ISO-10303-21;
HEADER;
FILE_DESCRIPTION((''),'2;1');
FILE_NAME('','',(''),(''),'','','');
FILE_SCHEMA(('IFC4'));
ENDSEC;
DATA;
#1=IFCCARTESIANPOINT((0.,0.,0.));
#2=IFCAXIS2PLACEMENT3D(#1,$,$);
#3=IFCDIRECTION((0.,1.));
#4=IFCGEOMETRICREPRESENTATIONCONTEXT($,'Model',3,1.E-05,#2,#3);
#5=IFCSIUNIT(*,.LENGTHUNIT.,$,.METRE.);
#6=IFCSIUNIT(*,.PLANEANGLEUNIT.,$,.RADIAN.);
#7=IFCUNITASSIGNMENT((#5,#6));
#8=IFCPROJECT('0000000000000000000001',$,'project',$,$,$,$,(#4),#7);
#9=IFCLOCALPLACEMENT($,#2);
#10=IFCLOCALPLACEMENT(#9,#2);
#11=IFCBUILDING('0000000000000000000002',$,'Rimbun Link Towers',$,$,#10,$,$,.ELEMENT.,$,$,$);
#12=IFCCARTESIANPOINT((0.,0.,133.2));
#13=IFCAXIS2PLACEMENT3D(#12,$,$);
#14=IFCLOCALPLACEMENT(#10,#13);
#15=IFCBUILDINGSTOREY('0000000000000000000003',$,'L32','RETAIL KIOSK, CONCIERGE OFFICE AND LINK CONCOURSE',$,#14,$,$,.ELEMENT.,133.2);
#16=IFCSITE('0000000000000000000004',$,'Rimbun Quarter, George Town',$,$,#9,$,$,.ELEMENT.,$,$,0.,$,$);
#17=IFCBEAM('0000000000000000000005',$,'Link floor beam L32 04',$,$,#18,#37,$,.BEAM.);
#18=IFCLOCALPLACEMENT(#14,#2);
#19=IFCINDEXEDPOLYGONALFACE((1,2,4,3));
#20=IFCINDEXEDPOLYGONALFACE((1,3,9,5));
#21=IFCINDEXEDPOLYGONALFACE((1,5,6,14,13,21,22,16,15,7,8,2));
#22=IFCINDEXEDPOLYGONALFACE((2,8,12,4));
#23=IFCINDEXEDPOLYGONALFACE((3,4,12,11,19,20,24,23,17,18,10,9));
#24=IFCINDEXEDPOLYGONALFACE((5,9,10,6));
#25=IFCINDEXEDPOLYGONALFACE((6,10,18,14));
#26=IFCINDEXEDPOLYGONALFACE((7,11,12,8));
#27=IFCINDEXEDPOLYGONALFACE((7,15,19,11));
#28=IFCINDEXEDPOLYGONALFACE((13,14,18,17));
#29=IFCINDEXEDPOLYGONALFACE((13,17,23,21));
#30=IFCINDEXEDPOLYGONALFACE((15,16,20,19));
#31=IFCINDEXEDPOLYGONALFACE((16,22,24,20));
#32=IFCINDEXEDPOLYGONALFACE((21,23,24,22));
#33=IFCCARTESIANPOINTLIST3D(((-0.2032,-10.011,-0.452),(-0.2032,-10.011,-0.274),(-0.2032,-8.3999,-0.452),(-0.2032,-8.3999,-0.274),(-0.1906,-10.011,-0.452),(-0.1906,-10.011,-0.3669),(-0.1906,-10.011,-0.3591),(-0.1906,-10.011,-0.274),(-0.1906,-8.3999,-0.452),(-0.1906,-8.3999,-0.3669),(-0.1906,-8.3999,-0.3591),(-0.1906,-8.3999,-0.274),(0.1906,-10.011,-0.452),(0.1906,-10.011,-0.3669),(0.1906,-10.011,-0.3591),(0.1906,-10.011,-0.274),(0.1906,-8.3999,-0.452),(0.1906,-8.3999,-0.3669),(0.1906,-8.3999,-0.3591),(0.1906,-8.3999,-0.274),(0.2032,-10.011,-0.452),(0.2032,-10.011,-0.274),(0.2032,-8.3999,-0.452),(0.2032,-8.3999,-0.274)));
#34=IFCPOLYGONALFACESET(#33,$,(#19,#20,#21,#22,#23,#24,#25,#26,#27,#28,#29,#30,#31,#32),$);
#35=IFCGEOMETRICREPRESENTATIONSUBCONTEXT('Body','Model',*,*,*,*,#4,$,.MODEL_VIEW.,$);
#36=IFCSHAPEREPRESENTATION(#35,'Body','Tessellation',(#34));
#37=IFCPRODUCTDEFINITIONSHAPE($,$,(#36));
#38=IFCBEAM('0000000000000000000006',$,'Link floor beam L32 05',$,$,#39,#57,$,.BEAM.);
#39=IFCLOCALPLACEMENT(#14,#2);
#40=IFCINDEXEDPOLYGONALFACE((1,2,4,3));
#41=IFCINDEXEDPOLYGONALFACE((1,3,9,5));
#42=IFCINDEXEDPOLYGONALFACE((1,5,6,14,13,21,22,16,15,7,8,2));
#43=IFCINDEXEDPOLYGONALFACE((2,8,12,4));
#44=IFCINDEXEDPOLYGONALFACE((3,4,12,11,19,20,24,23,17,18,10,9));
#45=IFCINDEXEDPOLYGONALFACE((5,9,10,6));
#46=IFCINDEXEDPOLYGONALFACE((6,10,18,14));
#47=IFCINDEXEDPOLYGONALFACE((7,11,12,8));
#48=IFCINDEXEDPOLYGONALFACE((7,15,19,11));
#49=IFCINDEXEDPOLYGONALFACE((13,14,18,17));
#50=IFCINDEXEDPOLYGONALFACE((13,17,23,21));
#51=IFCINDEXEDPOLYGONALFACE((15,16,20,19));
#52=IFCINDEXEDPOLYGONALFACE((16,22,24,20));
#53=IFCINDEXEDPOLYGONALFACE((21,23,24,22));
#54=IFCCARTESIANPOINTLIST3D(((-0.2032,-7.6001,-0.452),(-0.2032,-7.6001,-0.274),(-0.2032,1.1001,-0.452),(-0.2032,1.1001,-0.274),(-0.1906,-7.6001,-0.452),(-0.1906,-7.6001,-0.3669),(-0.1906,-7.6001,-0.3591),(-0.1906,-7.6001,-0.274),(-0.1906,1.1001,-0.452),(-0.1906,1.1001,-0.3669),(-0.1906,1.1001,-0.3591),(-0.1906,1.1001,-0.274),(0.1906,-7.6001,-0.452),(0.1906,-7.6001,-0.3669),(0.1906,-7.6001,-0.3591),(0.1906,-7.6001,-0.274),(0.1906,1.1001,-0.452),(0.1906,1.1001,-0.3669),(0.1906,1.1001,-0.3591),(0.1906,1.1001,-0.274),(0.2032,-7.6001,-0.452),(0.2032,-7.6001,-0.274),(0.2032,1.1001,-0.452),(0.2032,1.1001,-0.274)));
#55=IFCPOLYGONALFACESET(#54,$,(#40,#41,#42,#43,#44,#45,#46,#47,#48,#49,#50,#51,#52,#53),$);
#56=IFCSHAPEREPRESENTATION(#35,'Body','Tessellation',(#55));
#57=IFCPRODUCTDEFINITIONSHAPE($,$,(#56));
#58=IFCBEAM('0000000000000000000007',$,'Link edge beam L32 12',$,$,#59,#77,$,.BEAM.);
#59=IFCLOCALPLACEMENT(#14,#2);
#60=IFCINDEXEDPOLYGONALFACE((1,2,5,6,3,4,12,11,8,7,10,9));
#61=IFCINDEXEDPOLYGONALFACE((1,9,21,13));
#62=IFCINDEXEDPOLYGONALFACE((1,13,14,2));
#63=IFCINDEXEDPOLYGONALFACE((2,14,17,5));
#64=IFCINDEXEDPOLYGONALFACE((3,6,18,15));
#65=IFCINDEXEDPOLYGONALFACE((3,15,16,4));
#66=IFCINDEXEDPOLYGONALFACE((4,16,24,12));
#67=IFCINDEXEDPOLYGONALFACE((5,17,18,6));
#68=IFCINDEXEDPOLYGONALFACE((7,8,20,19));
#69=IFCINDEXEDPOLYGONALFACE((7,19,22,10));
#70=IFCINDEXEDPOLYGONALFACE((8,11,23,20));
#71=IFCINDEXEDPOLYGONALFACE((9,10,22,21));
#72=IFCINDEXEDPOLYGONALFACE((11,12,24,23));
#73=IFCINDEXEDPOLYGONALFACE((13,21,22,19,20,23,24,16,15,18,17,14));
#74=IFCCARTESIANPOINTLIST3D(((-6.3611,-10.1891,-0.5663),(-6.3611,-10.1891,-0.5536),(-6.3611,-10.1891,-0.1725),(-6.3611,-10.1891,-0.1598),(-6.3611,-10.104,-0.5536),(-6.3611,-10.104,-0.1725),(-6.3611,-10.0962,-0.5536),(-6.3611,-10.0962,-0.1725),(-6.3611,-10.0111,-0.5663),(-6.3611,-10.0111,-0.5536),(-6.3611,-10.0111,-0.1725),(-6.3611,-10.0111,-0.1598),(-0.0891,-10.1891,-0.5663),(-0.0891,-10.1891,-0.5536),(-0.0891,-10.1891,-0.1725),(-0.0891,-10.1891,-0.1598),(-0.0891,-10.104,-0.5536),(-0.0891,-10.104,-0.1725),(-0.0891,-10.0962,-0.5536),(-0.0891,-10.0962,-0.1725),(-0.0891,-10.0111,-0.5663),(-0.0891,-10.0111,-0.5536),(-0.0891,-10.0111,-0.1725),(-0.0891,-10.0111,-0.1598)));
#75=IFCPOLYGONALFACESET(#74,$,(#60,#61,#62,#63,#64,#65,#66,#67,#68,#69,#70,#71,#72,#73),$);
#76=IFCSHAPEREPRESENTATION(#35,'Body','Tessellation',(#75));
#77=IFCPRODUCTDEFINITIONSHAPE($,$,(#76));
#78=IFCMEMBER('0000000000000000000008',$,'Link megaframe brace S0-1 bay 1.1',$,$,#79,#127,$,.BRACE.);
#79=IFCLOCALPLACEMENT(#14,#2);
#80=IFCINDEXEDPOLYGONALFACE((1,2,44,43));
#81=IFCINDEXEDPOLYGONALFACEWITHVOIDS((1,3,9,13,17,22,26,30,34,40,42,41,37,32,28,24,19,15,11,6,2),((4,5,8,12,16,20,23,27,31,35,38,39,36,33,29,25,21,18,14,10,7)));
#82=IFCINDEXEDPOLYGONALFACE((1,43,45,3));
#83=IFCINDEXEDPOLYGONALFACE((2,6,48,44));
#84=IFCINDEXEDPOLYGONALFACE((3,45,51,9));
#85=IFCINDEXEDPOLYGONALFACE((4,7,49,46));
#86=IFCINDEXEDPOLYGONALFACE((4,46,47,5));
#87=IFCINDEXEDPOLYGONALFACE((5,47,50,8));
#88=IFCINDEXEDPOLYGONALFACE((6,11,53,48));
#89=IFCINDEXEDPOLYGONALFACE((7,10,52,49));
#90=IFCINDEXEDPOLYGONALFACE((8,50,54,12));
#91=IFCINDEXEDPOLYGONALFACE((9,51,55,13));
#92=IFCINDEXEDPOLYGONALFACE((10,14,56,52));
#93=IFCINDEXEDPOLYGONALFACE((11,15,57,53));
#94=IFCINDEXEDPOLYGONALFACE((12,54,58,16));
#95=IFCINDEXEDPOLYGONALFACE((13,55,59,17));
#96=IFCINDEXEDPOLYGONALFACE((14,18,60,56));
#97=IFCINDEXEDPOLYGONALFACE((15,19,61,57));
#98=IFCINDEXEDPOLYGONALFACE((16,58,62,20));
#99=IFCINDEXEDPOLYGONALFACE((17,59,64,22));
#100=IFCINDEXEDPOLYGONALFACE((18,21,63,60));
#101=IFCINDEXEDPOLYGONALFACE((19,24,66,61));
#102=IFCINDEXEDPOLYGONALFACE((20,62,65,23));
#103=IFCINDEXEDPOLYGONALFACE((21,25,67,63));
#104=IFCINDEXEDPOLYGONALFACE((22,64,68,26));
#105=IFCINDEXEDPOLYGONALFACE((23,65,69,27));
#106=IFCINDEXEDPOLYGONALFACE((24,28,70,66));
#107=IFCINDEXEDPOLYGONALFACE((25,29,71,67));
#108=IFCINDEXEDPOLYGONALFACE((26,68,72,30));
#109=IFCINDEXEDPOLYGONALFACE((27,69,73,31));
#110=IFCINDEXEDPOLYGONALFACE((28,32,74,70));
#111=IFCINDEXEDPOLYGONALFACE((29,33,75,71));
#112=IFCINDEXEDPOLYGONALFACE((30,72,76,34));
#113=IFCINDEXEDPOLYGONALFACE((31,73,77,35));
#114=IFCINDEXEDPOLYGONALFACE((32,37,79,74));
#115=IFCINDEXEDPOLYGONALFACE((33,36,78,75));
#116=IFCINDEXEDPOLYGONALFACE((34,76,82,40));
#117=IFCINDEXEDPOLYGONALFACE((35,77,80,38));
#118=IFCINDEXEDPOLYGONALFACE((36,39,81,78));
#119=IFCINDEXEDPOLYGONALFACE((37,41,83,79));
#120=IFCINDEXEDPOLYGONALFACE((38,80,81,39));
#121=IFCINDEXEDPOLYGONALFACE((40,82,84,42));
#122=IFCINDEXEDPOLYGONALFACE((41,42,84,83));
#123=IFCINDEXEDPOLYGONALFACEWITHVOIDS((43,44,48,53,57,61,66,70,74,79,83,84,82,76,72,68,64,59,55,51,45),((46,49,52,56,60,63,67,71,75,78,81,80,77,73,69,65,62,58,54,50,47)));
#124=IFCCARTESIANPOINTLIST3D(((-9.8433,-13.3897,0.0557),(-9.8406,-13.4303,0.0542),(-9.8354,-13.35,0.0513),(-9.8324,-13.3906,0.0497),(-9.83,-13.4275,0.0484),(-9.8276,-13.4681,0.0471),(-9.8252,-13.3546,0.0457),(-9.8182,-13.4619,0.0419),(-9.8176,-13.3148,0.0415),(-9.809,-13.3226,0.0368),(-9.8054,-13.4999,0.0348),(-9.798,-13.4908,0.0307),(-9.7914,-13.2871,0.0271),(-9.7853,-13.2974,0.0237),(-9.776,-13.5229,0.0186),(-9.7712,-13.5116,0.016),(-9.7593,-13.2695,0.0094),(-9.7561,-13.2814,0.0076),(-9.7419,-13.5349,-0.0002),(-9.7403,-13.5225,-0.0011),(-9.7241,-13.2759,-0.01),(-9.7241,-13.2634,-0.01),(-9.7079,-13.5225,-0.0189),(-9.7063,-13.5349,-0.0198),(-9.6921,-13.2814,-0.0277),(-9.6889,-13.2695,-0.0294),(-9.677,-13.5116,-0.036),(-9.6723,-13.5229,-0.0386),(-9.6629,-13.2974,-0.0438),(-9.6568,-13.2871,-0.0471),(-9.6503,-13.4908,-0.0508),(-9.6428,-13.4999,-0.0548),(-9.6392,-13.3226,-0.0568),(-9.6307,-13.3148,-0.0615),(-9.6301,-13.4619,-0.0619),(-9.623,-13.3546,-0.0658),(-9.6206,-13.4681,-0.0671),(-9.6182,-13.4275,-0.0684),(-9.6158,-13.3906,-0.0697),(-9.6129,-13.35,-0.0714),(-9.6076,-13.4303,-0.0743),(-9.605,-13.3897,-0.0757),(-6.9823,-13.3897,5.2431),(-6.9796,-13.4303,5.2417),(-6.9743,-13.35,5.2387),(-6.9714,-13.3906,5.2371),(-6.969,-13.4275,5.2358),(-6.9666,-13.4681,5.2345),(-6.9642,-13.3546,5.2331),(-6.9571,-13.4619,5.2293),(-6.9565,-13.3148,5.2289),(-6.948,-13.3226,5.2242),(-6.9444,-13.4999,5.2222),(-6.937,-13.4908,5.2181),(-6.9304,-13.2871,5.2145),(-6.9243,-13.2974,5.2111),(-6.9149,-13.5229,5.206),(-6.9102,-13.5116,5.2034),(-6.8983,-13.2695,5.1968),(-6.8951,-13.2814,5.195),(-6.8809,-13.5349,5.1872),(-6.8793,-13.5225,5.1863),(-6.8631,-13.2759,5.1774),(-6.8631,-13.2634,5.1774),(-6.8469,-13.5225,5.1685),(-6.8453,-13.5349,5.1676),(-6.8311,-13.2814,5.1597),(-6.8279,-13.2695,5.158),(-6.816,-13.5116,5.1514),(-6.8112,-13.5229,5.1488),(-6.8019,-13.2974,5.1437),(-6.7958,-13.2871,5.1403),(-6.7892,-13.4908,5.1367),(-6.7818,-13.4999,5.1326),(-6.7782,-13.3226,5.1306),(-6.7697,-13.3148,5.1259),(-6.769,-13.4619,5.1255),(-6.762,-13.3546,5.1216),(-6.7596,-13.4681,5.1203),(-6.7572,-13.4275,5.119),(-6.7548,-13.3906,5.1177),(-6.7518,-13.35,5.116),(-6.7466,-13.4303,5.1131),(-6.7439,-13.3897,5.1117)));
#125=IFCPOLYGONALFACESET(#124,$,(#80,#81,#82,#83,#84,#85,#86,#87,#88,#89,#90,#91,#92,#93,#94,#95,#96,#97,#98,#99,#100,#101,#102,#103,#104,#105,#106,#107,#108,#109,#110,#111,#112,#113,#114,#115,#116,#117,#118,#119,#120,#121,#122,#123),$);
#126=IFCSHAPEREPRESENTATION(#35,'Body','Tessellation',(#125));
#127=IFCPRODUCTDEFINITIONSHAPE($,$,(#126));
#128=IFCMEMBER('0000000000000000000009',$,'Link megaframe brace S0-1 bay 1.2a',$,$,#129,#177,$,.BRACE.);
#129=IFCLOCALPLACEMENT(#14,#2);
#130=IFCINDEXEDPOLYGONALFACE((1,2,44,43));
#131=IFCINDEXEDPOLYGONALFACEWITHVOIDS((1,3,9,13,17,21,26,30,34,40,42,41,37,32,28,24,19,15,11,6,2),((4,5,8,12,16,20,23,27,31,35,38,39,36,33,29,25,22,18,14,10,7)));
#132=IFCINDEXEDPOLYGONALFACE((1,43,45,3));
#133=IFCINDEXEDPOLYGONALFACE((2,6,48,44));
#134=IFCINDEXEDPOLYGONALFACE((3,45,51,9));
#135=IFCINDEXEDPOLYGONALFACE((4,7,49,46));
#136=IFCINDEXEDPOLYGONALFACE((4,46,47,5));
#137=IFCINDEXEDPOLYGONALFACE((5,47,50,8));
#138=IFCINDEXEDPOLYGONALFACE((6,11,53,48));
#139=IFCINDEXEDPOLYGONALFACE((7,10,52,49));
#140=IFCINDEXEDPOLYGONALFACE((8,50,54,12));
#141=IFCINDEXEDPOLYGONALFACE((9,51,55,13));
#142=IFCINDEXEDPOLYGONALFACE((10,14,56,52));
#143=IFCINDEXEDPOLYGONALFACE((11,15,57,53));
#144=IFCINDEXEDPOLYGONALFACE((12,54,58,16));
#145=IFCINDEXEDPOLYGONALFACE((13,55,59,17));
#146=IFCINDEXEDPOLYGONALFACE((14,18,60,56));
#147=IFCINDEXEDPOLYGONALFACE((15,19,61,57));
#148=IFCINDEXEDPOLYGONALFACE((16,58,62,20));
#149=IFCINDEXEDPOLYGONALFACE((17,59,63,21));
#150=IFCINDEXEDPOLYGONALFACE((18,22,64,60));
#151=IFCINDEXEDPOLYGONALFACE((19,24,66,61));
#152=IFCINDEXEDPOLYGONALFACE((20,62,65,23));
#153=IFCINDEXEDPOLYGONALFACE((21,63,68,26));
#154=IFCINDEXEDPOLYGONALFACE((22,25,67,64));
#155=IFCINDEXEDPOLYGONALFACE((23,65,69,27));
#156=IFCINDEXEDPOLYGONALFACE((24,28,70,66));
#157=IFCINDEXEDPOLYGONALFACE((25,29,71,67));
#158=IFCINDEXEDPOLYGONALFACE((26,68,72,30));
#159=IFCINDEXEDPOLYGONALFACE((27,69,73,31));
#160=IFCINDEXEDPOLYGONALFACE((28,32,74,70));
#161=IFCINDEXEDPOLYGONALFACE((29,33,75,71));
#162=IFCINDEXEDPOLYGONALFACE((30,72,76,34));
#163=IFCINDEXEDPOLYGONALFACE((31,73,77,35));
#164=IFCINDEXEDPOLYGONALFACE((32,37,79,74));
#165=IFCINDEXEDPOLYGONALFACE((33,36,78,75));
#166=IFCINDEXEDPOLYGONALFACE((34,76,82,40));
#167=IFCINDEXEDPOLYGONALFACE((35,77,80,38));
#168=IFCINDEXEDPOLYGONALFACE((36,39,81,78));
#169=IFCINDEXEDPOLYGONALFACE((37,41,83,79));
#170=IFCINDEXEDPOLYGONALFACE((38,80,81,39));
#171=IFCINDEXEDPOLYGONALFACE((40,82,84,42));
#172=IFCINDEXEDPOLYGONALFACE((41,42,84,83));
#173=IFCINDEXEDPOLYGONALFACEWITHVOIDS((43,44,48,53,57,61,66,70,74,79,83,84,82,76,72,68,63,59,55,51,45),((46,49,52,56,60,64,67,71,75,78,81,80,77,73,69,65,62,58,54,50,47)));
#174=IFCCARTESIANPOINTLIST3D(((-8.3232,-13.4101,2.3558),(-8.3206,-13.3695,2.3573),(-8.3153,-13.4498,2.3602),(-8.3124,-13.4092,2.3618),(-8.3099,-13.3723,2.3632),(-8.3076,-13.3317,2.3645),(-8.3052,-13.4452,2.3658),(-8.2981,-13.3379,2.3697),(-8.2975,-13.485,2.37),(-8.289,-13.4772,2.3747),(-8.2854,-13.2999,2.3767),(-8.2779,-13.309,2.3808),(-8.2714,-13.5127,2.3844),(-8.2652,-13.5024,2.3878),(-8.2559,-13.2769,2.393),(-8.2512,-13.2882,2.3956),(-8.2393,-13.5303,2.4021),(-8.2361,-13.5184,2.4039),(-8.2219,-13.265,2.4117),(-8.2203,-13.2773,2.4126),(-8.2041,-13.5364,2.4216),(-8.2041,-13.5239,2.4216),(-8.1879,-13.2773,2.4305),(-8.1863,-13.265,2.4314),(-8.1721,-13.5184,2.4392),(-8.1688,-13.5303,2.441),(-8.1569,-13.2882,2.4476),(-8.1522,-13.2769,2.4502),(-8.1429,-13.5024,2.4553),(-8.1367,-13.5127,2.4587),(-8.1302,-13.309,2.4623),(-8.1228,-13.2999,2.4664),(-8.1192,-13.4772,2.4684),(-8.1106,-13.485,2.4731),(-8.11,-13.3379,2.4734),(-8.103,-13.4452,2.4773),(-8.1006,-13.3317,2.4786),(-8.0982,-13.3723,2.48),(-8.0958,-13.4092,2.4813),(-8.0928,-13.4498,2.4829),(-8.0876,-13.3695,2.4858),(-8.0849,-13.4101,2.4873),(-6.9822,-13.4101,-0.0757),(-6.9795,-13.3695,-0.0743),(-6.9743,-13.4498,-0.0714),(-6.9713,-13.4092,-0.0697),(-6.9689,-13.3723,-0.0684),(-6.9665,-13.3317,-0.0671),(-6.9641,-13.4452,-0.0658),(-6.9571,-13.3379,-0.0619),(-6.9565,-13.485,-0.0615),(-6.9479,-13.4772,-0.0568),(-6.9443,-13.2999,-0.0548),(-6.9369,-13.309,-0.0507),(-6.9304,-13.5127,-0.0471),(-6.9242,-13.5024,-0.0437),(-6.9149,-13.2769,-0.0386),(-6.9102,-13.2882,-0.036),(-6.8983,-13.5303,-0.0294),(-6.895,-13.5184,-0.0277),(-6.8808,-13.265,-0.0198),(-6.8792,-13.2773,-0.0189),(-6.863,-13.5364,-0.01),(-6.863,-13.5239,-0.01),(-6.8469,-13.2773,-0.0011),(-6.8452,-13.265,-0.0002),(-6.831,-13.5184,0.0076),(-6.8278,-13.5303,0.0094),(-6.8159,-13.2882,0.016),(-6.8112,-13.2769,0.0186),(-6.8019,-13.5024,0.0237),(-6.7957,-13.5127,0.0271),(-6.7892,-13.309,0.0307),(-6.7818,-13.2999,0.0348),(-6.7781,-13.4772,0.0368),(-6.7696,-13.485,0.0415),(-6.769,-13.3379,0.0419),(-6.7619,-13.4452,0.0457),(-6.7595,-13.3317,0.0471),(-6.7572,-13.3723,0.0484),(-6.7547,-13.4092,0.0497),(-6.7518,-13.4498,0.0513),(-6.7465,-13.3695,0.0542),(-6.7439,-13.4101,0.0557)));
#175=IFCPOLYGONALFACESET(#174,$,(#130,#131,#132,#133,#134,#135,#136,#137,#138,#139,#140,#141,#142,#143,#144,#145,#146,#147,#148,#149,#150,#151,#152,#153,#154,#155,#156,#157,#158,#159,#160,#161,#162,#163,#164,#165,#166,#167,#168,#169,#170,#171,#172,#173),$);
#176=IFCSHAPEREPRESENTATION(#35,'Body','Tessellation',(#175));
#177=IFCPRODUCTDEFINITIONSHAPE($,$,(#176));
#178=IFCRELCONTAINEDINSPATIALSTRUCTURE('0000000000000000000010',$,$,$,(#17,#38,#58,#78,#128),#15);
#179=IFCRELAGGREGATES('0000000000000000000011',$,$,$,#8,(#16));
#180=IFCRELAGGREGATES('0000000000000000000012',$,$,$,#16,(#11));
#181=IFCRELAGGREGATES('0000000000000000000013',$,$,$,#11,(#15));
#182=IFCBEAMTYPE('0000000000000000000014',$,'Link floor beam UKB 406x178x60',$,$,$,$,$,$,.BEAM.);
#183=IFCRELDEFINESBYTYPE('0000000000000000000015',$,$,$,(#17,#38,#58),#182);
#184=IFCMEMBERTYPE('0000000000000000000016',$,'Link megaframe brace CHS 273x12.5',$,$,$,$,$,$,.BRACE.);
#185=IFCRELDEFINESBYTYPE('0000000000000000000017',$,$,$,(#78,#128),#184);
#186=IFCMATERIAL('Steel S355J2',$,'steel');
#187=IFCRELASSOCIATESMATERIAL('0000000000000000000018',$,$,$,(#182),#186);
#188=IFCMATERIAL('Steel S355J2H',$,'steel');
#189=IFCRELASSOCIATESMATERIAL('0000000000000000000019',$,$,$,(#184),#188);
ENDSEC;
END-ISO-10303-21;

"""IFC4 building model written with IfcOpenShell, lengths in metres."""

from ifc_helpers import new_model, si_unit, direction, frame, origin, origin_2d, place, context, subcontext, project, spatial, hollow_circle, i_section, extrude, material, material_profile, profile_set, type_object, element, save


model = new_model("IFC4")

# Units and contexts
model_context = context("Model", 3, precision=1e-05, world=origin(), true_north=direction((0.0, 1.0)))
body_context = subcontext(model_context, "Body", "Model", "MODEL_VIEW")
ifc_project = project(units=[si_unit("LENGTHUNIT", "METRE"), si_unit("PLANEANGLEUNIT", "RADIAN")], contexts=[model_context])

# Site, building, storey
site_placement = place(None, origin())
site = spatial("IfcSite", under=ifc_project, at=site_placement, Name="Rimbun Quarter, George Town", CompositionType="ELEMENT", RefElevation=0.0)
building_placement = place(site_placement, origin())
building = spatial("IfcBuilding", under=site, at=building_placement, Name="Rimbun Link Towers", CompositionType="ELEMENT")
storey_placement = place(building_placement, frame((0.0, 0.0, 133.2)))
storey = spatial("IfcBuildingStorey", under=building, at=storey_placement, Name="L32", Description="RETAIL KIOSK, CONCIERGE OFFICE AND LINK CONCOURSE", CompositionType="ELEMENT", Elevation=133.2)

# Beams
ifc_material_1 = material(Name="Steel S355J2", Category="steel")
ifc_material_profile_1 = material_profile(ifc_material_1, i_section(OverallWidth=0.178, OverallDepth=0.4065, WebThickness=0.0078, FlangeThickness=0.0127, at=origin_2d()), Name="UKB 406x178x60")
ifc_profile_set_1 = profile_set([ifc_material_profile_1], Name="Steel S355J2")
beam_type_1 = type_object("IfcBeamType", Name="Link floor beam UKB 406x178x60", PredefinedType="BEAM", material=ifc_profile_set_1)
beam_1_placement = place(storey_placement, frame((0.0, -10.011, -0.363), z_axis=(0.0, 1.0, 0.0), x_axis=(0.0, 0.0, 1.0)))
element("IfcBeam", 1, at=beam_1_placement, inside=storey, type_object=beam_type_1, Name="Link floor beam L32 04", PredefinedType="BEAM", context=body_context, shape_type="SweptSolid", body=[
    extrude(i_section(OverallWidth=0.178, OverallDepth=0.4065, WebThickness=0.0078, FlangeThickness=0.0127, at=origin_2d()), origin(), (0.0, 0.0, 1.0), 1.6111),
])
beam_2_placement = place(storey_placement, frame((0.0, -7.6001, -0.363), z_axis=(0.0, 1.0, 0.0), x_axis=(0.0, 0.0, 1.0)))
element("IfcBeam", 2, at=beam_2_placement, inside=storey, type_object=beam_type_1, Name="Link floor beam L32 05", PredefinedType="BEAM", context=body_context, shape_type="SweptSolid", body=[
    extrude(i_section(OverallWidth=0.178, OverallDepth=0.4065, WebThickness=0.0078, FlangeThickness=0.0127, at=origin_2d()), origin(), (0.0, 0.0, 1.0), 8.7002),
])
beam_3_placement = place(storey_placement, frame((-6.3611, -10.1001, -0.363), z_axis=(1.0, 0.0, 0.0), x_axis=(0.0, 1.0, 0.0)))
element("IfcBeam", 3, at=beam_3_placement, inside=storey, type_object=beam_type_1, Name="Link edge beam L32 12", PredefinedType="BEAM", context=body_context, shape_type="SweptSolid", body=[
    extrude(i_section(OverallWidth=0.178, OverallDepth=0.4065, WebThickness=0.0078, FlangeThickness=0.0127, at=origin_2d()), origin(), (0.0, 0.0, 1.0), 6.272),
])

# Members
ifc_material_2 = material(Name="Steel S355J2H", Category="steel")
ifc_material_profile_2 = material_profile(ifc_material_2, hollow_circle(Radius=0.1365, WallThickness=0.0125, at=origin_2d()), Name="CHS 273x12.5")
ifc_profile_set_2 = profile_set([ifc_material_profile_2], Name="Steel S355J2H")
member_type_1 = type_object("IfcMemberType", Name="Link megaframe brace CHS 273x12.5", PredefinedType="BRACE", material=ifc_profile_set_2)
member_1_placement = place(storey_placement, frame((-9.7241, -13.3999, -0.01), z_axis=(0.48295, 0.0, 0.875648), x_axis=(0.0, 1.0, 0.0)))
element("IfcMember", 4, at=member_1_placement, inside=storey, type_object=member_type_1, Name="Link megaframe brace S0-1 bay 1.1", PredefinedType="BRACE", context=body_context, shape_type="SweptSolid", body=[
    extrude(hollow_circle(Radius=0.1365, WallThickness=0.0125, at=origin_2d()), origin(), (0.0, 0.0, 1.0), 5.9241),
])
member_2_placement = place(storey_placement, frame((-6.863, -13.3999, -0.01), z_axis=(-0.482931, 0.0, 0.875658), x_axis=(0.0, -1.0, 0.0)))
element("IfcMember", 5, at=member_2_placement, inside=storey, type_object=member_type_1, Name="Link megaframe brace S0-1 bay 1.2a", PredefinedType="BRACE", context=body_context, shape_type="SweptSolid", body=[
    extrude(hollow_circle(Radius=0.1365, WallThickness=0.0125, at=origin_2d()), origin(), (0.0, 0.0, 1.0), 2.7769),
])

save(model, "model.ifc")
